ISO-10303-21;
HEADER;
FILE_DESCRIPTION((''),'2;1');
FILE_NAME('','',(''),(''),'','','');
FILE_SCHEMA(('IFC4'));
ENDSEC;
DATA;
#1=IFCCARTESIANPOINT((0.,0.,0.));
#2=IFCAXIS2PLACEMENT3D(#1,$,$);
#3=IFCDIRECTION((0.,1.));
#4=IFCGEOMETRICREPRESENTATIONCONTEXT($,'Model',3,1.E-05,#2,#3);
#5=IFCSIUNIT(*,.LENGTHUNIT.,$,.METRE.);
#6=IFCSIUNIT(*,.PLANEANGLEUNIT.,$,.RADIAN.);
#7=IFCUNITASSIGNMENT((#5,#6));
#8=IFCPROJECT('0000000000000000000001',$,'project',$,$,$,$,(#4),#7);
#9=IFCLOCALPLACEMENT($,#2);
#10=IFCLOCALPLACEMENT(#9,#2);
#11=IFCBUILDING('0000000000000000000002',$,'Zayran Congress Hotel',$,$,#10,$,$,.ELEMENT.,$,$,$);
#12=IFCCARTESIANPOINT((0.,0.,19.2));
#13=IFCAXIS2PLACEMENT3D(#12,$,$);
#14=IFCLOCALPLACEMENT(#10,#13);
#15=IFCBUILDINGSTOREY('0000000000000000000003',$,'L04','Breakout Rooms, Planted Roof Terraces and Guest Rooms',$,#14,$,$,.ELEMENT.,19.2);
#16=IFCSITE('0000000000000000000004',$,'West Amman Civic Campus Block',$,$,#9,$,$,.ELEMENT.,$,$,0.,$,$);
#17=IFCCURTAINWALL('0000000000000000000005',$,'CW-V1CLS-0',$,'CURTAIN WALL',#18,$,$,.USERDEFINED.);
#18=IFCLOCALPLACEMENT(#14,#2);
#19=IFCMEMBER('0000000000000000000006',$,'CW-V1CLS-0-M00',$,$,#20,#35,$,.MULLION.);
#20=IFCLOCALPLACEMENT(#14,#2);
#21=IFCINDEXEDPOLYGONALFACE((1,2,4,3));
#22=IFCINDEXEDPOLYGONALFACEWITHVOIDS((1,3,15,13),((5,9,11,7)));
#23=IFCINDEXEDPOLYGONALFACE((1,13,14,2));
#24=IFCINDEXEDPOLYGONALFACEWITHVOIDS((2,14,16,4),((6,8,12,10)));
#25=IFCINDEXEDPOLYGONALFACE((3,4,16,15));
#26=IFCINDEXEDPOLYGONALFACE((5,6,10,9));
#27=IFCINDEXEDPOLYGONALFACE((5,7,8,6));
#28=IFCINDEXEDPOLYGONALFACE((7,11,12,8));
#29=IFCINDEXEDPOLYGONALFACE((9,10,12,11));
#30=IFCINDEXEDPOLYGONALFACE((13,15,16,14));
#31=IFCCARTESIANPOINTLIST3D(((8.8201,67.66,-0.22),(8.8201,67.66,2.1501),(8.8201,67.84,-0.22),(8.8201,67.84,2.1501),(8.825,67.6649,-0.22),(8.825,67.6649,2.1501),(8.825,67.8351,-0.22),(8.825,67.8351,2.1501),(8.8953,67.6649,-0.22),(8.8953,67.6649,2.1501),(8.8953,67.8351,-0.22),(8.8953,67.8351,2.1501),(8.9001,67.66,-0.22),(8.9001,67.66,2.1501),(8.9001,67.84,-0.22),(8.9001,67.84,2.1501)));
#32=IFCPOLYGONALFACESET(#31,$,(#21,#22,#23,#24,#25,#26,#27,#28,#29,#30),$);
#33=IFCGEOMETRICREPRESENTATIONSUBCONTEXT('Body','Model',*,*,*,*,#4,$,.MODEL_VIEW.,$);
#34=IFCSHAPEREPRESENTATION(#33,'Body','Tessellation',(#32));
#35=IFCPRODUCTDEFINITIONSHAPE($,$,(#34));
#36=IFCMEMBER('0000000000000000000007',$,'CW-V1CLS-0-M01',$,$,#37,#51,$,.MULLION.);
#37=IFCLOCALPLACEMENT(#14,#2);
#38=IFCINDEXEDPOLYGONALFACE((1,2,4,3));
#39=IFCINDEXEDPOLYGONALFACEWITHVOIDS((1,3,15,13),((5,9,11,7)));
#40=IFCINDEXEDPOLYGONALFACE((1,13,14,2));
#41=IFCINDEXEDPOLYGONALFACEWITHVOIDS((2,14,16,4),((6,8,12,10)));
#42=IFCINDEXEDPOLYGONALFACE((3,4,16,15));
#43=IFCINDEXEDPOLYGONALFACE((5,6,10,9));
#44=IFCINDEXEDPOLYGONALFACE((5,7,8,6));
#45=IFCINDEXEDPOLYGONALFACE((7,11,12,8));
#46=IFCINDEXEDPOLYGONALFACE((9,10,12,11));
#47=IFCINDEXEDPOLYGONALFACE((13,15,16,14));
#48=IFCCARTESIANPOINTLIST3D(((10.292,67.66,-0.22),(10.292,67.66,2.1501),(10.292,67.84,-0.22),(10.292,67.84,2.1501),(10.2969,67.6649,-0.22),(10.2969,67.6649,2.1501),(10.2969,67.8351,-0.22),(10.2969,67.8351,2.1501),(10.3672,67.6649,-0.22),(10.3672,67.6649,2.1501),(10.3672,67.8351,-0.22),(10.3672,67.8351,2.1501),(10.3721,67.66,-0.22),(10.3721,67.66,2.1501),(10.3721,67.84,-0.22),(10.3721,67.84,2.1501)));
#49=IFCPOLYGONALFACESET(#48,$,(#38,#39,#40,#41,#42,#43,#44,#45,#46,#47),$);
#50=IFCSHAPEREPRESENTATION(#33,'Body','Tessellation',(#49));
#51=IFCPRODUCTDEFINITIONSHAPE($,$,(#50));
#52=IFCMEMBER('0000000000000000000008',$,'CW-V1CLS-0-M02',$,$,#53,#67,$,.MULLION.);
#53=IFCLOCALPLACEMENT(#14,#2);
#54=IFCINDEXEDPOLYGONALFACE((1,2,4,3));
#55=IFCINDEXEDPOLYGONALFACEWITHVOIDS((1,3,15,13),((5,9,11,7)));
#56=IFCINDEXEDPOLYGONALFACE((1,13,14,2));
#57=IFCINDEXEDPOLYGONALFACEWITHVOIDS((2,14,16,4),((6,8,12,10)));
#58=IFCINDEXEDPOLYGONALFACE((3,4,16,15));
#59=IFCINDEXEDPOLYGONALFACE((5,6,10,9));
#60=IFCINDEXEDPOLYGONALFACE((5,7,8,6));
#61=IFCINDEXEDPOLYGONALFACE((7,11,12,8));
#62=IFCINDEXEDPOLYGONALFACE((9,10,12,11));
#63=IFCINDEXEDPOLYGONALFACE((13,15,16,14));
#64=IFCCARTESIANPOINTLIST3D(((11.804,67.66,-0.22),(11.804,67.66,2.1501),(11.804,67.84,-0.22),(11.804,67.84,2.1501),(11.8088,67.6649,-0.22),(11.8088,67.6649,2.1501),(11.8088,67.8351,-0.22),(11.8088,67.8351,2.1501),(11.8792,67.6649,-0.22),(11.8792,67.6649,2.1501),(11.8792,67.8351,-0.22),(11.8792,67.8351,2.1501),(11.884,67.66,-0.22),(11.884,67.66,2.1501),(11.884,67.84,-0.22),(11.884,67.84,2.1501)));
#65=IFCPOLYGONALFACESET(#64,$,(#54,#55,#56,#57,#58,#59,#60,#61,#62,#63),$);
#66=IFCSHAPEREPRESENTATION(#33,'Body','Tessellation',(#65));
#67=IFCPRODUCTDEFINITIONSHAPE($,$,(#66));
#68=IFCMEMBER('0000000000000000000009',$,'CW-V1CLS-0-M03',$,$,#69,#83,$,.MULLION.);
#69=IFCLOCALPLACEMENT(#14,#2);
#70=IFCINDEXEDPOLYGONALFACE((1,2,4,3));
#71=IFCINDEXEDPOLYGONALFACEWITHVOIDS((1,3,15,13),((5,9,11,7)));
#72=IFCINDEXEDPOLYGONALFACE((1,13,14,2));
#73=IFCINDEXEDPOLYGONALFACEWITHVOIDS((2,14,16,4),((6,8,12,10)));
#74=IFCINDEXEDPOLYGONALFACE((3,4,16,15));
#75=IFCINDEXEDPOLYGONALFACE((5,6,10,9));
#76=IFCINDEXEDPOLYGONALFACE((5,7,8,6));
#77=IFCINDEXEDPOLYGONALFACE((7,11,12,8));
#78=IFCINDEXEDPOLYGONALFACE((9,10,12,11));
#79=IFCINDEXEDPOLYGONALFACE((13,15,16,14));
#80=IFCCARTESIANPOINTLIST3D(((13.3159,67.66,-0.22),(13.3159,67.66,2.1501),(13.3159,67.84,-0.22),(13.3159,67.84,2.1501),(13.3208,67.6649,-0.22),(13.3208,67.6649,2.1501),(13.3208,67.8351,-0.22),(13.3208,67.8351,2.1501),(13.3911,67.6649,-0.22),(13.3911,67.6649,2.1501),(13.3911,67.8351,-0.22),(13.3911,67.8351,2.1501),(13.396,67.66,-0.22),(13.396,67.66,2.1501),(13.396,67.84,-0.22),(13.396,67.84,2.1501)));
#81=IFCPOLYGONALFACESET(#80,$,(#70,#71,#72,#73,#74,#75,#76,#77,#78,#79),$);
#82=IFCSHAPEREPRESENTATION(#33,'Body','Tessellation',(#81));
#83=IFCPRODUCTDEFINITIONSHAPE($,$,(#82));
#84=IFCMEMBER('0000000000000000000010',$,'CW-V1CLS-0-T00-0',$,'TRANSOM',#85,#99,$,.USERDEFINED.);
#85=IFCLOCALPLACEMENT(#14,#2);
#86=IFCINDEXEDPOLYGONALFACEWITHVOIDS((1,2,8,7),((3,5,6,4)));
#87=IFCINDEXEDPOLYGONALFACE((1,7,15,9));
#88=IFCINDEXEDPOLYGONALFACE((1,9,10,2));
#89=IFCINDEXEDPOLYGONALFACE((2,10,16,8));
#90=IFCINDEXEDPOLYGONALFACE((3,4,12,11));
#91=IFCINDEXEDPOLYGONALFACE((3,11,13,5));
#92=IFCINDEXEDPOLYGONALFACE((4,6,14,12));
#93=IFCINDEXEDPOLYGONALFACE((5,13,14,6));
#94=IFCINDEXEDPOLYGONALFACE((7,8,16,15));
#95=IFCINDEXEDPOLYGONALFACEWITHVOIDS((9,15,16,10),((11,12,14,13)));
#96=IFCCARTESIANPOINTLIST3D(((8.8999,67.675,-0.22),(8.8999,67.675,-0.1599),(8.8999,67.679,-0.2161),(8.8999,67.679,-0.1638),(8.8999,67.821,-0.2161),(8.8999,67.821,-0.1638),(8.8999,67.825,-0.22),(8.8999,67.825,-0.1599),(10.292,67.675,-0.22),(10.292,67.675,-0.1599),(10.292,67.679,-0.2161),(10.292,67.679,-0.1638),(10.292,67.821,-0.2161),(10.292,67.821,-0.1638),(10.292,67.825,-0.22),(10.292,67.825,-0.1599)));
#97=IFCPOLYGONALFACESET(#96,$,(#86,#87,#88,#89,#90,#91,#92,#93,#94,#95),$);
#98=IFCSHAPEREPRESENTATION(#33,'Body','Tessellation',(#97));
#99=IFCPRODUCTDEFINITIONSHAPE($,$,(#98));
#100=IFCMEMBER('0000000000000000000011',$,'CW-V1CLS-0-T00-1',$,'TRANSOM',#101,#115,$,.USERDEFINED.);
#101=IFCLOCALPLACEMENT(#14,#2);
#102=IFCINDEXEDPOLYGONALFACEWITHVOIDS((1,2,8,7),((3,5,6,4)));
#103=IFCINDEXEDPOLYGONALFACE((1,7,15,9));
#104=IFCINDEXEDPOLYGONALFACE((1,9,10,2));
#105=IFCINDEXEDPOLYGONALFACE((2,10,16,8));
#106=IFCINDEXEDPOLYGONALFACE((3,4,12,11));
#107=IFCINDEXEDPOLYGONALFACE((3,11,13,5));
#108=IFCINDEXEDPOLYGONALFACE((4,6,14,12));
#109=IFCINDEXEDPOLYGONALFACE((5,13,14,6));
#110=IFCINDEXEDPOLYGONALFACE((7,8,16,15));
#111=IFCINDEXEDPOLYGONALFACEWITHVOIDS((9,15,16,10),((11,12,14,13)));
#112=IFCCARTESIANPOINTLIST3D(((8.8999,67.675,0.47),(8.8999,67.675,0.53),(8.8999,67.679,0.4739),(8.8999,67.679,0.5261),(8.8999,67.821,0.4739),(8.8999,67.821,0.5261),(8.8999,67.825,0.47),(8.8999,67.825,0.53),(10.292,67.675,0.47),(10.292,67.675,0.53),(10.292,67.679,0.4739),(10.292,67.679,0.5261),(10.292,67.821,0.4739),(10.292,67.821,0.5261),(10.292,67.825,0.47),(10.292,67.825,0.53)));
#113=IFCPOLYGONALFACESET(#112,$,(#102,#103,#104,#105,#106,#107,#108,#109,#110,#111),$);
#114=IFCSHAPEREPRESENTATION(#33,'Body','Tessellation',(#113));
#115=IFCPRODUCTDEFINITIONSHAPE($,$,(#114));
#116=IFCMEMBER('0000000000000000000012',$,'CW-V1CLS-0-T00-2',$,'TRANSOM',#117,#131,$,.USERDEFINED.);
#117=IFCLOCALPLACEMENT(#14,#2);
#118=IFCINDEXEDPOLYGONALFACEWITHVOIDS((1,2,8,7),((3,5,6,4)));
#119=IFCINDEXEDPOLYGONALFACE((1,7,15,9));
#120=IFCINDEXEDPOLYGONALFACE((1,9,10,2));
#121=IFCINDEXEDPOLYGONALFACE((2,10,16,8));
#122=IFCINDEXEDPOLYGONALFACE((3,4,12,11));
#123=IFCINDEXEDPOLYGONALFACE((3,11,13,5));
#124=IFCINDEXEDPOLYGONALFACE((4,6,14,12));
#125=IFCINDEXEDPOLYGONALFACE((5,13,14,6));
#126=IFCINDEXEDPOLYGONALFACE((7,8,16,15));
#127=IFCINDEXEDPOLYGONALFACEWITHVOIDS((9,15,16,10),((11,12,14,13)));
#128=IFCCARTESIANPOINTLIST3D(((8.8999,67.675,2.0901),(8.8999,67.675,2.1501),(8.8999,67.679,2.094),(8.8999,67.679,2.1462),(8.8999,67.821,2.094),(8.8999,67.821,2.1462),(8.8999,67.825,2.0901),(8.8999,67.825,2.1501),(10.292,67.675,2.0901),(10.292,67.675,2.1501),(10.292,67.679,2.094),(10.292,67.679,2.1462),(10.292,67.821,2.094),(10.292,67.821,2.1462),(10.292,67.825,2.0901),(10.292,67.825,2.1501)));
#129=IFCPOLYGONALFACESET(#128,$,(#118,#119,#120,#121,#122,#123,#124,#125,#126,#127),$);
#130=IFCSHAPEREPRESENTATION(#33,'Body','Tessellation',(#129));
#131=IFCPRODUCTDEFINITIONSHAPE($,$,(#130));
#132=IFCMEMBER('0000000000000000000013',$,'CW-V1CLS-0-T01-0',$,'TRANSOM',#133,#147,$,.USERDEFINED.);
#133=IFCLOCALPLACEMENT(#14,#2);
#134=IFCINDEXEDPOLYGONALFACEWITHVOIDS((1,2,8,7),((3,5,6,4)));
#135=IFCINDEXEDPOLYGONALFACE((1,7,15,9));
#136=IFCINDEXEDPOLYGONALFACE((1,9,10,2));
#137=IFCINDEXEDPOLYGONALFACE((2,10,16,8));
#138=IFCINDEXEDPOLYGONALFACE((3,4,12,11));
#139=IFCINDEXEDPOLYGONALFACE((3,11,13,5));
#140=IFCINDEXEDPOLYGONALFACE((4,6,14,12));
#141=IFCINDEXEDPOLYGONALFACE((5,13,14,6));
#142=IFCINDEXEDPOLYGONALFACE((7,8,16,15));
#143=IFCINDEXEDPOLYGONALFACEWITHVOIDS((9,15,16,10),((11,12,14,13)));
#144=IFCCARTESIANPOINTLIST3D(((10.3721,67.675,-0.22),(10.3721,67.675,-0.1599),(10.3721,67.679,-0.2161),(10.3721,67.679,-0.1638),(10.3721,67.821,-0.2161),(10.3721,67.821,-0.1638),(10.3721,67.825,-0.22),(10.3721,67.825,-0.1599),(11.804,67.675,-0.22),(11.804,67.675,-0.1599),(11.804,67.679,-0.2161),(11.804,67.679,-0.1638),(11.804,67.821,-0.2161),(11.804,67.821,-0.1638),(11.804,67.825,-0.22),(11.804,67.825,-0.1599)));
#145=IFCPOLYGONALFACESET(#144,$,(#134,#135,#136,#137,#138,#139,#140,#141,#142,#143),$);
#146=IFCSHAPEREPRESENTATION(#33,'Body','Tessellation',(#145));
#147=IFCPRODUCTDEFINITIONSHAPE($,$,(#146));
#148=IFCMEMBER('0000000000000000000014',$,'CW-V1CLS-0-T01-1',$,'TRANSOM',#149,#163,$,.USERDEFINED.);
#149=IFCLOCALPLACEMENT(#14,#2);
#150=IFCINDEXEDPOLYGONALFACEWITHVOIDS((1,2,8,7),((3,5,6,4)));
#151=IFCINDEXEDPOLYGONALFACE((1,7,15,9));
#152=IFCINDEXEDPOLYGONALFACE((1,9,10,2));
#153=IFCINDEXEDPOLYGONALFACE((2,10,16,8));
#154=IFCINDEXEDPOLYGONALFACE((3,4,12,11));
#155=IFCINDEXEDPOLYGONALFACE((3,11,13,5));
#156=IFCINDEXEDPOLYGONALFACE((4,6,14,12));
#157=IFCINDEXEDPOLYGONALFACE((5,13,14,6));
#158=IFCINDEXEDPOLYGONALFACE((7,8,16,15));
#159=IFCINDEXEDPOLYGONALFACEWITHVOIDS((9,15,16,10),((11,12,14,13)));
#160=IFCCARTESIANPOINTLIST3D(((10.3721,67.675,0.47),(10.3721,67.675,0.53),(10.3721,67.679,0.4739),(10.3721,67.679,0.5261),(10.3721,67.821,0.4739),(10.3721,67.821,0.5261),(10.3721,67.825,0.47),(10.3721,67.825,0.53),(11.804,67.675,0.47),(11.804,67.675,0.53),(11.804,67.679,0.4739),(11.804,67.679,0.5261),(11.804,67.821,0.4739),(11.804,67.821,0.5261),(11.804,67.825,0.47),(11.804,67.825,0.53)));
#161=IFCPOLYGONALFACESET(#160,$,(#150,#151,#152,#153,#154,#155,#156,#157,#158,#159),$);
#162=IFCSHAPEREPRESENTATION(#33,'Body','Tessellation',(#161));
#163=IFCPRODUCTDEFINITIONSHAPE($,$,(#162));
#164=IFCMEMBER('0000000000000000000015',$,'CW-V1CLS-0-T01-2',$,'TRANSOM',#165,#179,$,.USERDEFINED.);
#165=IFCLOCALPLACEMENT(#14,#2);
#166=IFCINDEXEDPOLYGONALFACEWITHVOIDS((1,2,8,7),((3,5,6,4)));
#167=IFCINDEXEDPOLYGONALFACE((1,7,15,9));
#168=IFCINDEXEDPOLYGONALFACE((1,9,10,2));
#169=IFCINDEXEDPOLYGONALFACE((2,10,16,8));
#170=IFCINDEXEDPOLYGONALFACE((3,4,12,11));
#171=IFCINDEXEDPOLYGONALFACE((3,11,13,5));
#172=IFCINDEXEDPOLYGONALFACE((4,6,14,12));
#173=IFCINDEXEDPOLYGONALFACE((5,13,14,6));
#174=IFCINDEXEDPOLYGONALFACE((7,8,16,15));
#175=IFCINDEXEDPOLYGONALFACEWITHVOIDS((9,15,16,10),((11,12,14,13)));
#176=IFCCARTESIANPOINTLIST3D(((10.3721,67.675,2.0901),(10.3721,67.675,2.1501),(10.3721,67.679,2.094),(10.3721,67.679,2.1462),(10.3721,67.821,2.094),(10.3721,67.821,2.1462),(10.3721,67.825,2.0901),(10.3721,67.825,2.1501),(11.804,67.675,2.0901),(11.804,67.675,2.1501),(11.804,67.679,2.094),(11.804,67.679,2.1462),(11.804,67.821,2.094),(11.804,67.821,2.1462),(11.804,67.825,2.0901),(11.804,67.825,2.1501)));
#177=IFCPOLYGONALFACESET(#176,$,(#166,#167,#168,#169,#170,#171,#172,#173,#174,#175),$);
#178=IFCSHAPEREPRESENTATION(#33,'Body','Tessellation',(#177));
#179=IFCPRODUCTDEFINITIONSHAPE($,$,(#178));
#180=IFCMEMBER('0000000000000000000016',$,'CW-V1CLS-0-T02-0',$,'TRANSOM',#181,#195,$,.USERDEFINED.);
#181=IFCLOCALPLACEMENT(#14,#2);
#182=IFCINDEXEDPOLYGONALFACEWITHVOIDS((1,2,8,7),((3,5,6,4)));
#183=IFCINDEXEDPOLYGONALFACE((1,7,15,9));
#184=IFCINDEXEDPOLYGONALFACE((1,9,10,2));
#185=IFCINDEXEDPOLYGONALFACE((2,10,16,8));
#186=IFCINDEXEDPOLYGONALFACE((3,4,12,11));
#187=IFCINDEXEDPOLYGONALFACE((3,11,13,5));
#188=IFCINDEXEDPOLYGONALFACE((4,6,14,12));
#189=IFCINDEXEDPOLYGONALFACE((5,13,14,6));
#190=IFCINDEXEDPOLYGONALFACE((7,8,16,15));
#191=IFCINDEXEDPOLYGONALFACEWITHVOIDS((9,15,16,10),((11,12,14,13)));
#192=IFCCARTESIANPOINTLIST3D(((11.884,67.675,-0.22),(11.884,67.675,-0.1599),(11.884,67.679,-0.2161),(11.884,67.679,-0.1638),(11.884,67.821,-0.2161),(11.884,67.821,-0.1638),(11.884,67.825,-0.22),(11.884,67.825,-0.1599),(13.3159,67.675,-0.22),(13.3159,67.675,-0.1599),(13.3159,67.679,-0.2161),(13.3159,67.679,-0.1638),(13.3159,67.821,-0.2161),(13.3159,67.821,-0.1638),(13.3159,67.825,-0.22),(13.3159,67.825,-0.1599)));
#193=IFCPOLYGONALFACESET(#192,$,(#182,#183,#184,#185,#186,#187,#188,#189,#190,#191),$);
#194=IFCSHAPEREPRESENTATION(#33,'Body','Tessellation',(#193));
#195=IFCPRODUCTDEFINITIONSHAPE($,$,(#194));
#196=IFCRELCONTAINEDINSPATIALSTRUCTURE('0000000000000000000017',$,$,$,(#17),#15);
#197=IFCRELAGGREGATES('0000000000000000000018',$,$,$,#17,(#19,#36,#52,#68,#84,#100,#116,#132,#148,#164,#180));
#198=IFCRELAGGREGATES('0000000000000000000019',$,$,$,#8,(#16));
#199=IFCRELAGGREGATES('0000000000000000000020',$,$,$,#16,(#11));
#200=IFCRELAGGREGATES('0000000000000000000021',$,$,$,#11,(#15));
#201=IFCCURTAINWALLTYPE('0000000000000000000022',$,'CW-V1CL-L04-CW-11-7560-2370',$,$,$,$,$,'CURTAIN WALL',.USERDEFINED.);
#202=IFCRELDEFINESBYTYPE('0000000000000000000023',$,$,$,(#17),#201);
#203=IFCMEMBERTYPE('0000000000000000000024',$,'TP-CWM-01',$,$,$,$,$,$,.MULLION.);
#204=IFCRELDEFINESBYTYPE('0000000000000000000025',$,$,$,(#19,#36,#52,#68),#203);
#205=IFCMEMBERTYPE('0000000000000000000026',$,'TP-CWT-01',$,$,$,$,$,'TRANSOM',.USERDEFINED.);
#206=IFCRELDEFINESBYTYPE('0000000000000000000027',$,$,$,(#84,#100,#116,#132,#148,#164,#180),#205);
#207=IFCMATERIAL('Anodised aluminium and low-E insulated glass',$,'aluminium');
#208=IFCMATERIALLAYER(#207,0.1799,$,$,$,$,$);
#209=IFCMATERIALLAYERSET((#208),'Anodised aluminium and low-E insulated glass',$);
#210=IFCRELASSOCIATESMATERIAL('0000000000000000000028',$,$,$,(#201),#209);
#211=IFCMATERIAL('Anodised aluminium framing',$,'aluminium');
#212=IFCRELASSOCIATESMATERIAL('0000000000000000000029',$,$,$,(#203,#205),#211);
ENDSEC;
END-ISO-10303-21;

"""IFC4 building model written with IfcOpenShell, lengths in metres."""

from ifc_helpers import new_model, si_unit, direction, frame, origin, origin_2d, place, context, subcontext, project, spatial, hollow_rectangle, extrude, material, layer, layer_set, material_profile, profile_set, type_object, element, aggregate, save


model = new_model("IFC4")

# Units and contexts
model_context = context("Model", 3, precision=1e-05, world=origin(), true_north=direction((0.0, 1.0)))
body_context = subcontext(model_context, "Body", "Model", "MODEL_VIEW")
ifc_project = project(units=[si_unit("LENGTHUNIT", "METRE"), si_unit("PLANEANGLEUNIT", "RADIAN")], contexts=[model_context])

# Site, building, storey
site_placement = place(None, origin())
site = spatial("IfcSite", under=ifc_project, at=site_placement, Name="West Amman Civic Campus Block", CompositionType="ELEMENT", RefElevation=0.0)
building_placement = place(site_placement, origin())
building = spatial("IfcBuilding", under=site, at=building_placement, Name="Zayran Congress Hotel", CompositionType="ELEMENT")
storey_placement = place(building_placement, frame((0.0, 0.0, 19.2)))
storey = spatial("IfcBuildingStorey", under=building, at=storey_placement, Name="L04", Description="Breakout Rooms, Planted Roof Terraces and Guest Rooms", CompositionType="ELEMENT", Elevation=19.2)

# Curtain wall, members
ifc_material_1 = material(Name="Anodised aluminium and low-E insulated glass", Category="aluminium")
ifc_layer_1 = layer(ifc_material_1, 0.1799)
ifc_layer_set_1 = layer_set([ifc_layer_1], Name="Anodised aluminium and low-E insulated glass")
curtain_wall_type = type_object("IfcCurtainWallType", Name="CW-V1CL-L04-CW-11-7560-2370", ElementType="CURTAIN WALL", PredefinedType="USERDEFINED", material=ifc_layer_set_1)
curtain_wall_placement = place(storey_placement, origin())
curtain_wall = element("IfcCurtainWall", 1, at=curtain_wall_placement, inside=storey, type_object=curtain_wall_type, Name="CW-V1CLS-0", ObjectType="CURTAIN WALL", PredefinedType="USERDEFINED")
ifc_material_2 = material(Name="Anodised aluminium framing", Category="aluminium")
ifc_material_profile_1 = material_profile(ifc_material_2, hollow_rectangle(XDim=0.0801, YDim=0.1799, WallThickness=0.0049, at=origin_2d()), Name="RHS 180x80x5")
ifc_profile_set_1 = profile_set([ifc_material_profile_1], Name="Anodised aluminium framing")
member_type_1 = type_object("IfcMemberType", Name="TP-CWM-01", PredefinedType="MULLION", material=ifc_profile_set_1)
member_1_placement = place(storey_placement, frame((8.8601, 67.75, -0.22), z_axis=(0.0, 0.0, 1.0), x_axis=(1.0, 0.0, 0.0)))
member_1 = element("IfcMember", 2, at=member_1_placement, type_object=member_type_1, Name="CW-V1CLS-0-M00", PredefinedType="MULLION", context=body_context, shape_type="SweptSolid", body=[
    extrude(hollow_rectangle(XDim=0.0801, YDim=0.1799, WallThickness=0.0049, at=origin_2d()), origin(), (0.0, 0.0, 1.0), 2.3701),
])
member_2_placement = place(storey_placement, frame((10.332, 67.75, -0.22), z_axis=(0.0, 0.0, 1.0), x_axis=(1.0, 0.0, 0.0)))
member_2 = element("IfcMember", 3, at=member_2_placement, type_object=member_type_1, Name="CW-V1CLS-0-M01", PredefinedType="MULLION", context=body_context, shape_type="SweptSolid", body=[
    extrude(hollow_rectangle(XDim=0.0801, YDim=0.1799, WallThickness=0.0049, at=origin_2d()), origin(), (0.0, 0.0, 1.0), 2.3701),
])
member_3_placement = place(storey_placement, frame((11.844, 67.75, -0.22), z_axis=(0.0, 0.0, 1.0), x_axis=(1.0, 0.0, 0.0)))
member_3 = element("IfcMember", 4, at=member_3_placement, type_object=member_type_1, Name="CW-V1CLS-0-M02", PredefinedType="MULLION", context=body_context, shape_type="SweptSolid", body=[
    extrude(hollow_rectangle(XDim=0.0801, YDim=0.1799, WallThickness=0.0049, at=origin_2d()), origin(), (0.0, 0.0, 1.0), 2.3701),
])
member_4_placement = place(storey_placement, frame((13.356, 67.75, -0.22), z_axis=(0.0, 0.0, 1.0), x_axis=(1.0, 0.0, 0.0)))
member_4 = element("IfcMember", 5, at=member_4_placement, type_object=member_type_1, Name="CW-V1CLS-0-M03", PredefinedType="MULLION", context=body_context, shape_type="SweptSolid", body=[
    extrude(hollow_rectangle(XDim=0.0801, YDim=0.1799, WallThickness=0.0049, at=origin_2d()), origin(), (0.0, 0.0, 1.0), 2.3701),
])
ifc_material_profile_2 = material_profile(ifc_material_2, hollow_rectangle(XDim=0.0601, YDim=0.1499, WallThickness=0.0039, at=origin_2d()), Name="RHS 150x60x4")
ifc_profile_set_2 = profile_set([ifc_material_profile_2], Name="Anodised aluminium framing")
member_type_2 = type_object("IfcMemberType", Name="TP-CWT-01", ElementType="TRANSOM", PredefinedType="USERDEFINED", material=ifc_profile_set_2)
member_5_placement = place(storey_placement, frame((8.8999, 67.75, -0.1899), z_axis=(1.0, 0.0, 0.0), x_axis=(0.0, 0.0, 1.0)))
member_5 = element("IfcMember", 6, at=member_5_placement, type_object=member_type_2, Name="CW-V1CLS-0-T00-0", ObjectType="TRANSOM", PredefinedType="USERDEFINED", context=body_context, shape_type="SweptSolid", body=[
    extrude(hollow_rectangle(XDim=0.0601, YDim=0.1499, WallThickness=0.0039, at=origin_2d()), origin(), (0.0, 0.0, 1.0), 1.3921),
])
member_6_placement = place(storey_placement, frame((8.8999, 67.75, 0.5), z_axis=(1.0, 0.0, 0.0), x_axis=(0.0, 0.0, 1.0)))
member_6 = element("IfcMember", 7, at=member_6_placement, type_object=member_type_2, Name="CW-V1CLS-0-T00-1", ObjectType="TRANSOM", PredefinedType="USERDEFINED", context=body_context, shape_type="SweptSolid", body=[
    extrude(hollow_rectangle(XDim=0.0601, YDim=0.1499, WallThickness=0.0039, at=origin_2d()), origin(), (0.0, 0.0, 1.0), 1.3921),
])
member_7_placement = place(storey_placement, frame((8.8999, 67.75, 2.1201), z_axis=(1.0, 0.0, 0.0), x_axis=(0.0, 0.0, 1.0)))
member_7 = element("IfcMember", 8, at=member_7_placement, type_object=member_type_2, Name="CW-V1CLS-0-T00-2", ObjectType="TRANSOM", PredefinedType="USERDEFINED", context=body_context, shape_type="SweptSolid", body=[
    extrude(hollow_rectangle(XDim=0.0601, YDim=0.1499, WallThickness=0.0039, at=origin_2d()), origin(), (0.0, 0.0, 1.0), 1.3921),
])
member_8_placement = place(storey_placement, frame((10.3721, 67.75, -0.1899), z_axis=(1.0, 0.0, 0.0), x_axis=(0.0, 0.0, 1.0)))
member_8 = element("IfcMember", 9, at=member_8_placement, type_object=member_type_2, Name="CW-V1CLS-0-T01-0", ObjectType="TRANSOM", PredefinedType="USERDEFINED", context=body_context, shape_type="SweptSolid", body=[
    extrude(hollow_rectangle(XDim=0.0601, YDim=0.1499, WallThickness=0.0039, at=origin_2d()), origin(), (0.0, 0.0, 1.0), 1.4319),
])
member_9_placement = place(storey_placement, frame((10.3721, 67.75, 0.5), z_axis=(1.0, 0.0, 0.0), x_axis=(0.0, 0.0, 1.0)))
member_9 = element("IfcMember", 10, at=member_9_placement, type_object=member_type_2, Name="CW-V1CLS-0-T01-1", ObjectType="TRANSOM", PredefinedType="USERDEFINED", context=body_context, shape_type="SweptSolid", body=[
    extrude(hollow_rectangle(XDim=0.0601, YDim=0.1499, WallThickness=0.0039, at=origin_2d()), origin(), (0.0, 0.0, 1.0), 1.4319),
])
member_10_placement = place(storey_placement, frame((10.3721, 67.75, 2.1201), z_axis=(1.0, 0.0, 0.0), x_axis=(0.0, 0.0, 1.0)))
member_10 = element("IfcMember", 11, at=member_10_placement, type_object=member_type_2, Name="CW-V1CLS-0-T01-2", ObjectType="TRANSOM", PredefinedType="USERDEFINED", context=body_context, shape_type="SweptSolid", body=[
    extrude(hollow_rectangle(XDim=0.0601, YDim=0.1499, WallThickness=0.0039, at=origin_2d()), origin(), (0.0, 0.0, 1.0), 1.4319),
])
member_11_placement = place(storey_placement, frame((11.884, 67.75, -0.1899), z_axis=(1.0, 0.0, 0.0), x_axis=(0.0, 0.0, 1.0)))
member_11 = element("IfcMember", 12, at=member_11_placement, type_object=member_type_2, Name="CW-V1CLS-0-T02-0", ObjectType="TRANSOM", PredefinedType="USERDEFINED", context=body_context, shape_type="SweptSolid", body=[
    extrude(hollow_rectangle(XDim=0.0601, YDim=0.1499, WallThickness=0.0039, at=origin_2d()), origin(), (0.0, 0.0, 1.0), 1.4319),
])

aggregate(curtain_wall, [member_1, member_2, member_3, member_4, member_5, member_6, member_7, member_8, member_9, member_10, member_11])

save(model, "model.ifc")
